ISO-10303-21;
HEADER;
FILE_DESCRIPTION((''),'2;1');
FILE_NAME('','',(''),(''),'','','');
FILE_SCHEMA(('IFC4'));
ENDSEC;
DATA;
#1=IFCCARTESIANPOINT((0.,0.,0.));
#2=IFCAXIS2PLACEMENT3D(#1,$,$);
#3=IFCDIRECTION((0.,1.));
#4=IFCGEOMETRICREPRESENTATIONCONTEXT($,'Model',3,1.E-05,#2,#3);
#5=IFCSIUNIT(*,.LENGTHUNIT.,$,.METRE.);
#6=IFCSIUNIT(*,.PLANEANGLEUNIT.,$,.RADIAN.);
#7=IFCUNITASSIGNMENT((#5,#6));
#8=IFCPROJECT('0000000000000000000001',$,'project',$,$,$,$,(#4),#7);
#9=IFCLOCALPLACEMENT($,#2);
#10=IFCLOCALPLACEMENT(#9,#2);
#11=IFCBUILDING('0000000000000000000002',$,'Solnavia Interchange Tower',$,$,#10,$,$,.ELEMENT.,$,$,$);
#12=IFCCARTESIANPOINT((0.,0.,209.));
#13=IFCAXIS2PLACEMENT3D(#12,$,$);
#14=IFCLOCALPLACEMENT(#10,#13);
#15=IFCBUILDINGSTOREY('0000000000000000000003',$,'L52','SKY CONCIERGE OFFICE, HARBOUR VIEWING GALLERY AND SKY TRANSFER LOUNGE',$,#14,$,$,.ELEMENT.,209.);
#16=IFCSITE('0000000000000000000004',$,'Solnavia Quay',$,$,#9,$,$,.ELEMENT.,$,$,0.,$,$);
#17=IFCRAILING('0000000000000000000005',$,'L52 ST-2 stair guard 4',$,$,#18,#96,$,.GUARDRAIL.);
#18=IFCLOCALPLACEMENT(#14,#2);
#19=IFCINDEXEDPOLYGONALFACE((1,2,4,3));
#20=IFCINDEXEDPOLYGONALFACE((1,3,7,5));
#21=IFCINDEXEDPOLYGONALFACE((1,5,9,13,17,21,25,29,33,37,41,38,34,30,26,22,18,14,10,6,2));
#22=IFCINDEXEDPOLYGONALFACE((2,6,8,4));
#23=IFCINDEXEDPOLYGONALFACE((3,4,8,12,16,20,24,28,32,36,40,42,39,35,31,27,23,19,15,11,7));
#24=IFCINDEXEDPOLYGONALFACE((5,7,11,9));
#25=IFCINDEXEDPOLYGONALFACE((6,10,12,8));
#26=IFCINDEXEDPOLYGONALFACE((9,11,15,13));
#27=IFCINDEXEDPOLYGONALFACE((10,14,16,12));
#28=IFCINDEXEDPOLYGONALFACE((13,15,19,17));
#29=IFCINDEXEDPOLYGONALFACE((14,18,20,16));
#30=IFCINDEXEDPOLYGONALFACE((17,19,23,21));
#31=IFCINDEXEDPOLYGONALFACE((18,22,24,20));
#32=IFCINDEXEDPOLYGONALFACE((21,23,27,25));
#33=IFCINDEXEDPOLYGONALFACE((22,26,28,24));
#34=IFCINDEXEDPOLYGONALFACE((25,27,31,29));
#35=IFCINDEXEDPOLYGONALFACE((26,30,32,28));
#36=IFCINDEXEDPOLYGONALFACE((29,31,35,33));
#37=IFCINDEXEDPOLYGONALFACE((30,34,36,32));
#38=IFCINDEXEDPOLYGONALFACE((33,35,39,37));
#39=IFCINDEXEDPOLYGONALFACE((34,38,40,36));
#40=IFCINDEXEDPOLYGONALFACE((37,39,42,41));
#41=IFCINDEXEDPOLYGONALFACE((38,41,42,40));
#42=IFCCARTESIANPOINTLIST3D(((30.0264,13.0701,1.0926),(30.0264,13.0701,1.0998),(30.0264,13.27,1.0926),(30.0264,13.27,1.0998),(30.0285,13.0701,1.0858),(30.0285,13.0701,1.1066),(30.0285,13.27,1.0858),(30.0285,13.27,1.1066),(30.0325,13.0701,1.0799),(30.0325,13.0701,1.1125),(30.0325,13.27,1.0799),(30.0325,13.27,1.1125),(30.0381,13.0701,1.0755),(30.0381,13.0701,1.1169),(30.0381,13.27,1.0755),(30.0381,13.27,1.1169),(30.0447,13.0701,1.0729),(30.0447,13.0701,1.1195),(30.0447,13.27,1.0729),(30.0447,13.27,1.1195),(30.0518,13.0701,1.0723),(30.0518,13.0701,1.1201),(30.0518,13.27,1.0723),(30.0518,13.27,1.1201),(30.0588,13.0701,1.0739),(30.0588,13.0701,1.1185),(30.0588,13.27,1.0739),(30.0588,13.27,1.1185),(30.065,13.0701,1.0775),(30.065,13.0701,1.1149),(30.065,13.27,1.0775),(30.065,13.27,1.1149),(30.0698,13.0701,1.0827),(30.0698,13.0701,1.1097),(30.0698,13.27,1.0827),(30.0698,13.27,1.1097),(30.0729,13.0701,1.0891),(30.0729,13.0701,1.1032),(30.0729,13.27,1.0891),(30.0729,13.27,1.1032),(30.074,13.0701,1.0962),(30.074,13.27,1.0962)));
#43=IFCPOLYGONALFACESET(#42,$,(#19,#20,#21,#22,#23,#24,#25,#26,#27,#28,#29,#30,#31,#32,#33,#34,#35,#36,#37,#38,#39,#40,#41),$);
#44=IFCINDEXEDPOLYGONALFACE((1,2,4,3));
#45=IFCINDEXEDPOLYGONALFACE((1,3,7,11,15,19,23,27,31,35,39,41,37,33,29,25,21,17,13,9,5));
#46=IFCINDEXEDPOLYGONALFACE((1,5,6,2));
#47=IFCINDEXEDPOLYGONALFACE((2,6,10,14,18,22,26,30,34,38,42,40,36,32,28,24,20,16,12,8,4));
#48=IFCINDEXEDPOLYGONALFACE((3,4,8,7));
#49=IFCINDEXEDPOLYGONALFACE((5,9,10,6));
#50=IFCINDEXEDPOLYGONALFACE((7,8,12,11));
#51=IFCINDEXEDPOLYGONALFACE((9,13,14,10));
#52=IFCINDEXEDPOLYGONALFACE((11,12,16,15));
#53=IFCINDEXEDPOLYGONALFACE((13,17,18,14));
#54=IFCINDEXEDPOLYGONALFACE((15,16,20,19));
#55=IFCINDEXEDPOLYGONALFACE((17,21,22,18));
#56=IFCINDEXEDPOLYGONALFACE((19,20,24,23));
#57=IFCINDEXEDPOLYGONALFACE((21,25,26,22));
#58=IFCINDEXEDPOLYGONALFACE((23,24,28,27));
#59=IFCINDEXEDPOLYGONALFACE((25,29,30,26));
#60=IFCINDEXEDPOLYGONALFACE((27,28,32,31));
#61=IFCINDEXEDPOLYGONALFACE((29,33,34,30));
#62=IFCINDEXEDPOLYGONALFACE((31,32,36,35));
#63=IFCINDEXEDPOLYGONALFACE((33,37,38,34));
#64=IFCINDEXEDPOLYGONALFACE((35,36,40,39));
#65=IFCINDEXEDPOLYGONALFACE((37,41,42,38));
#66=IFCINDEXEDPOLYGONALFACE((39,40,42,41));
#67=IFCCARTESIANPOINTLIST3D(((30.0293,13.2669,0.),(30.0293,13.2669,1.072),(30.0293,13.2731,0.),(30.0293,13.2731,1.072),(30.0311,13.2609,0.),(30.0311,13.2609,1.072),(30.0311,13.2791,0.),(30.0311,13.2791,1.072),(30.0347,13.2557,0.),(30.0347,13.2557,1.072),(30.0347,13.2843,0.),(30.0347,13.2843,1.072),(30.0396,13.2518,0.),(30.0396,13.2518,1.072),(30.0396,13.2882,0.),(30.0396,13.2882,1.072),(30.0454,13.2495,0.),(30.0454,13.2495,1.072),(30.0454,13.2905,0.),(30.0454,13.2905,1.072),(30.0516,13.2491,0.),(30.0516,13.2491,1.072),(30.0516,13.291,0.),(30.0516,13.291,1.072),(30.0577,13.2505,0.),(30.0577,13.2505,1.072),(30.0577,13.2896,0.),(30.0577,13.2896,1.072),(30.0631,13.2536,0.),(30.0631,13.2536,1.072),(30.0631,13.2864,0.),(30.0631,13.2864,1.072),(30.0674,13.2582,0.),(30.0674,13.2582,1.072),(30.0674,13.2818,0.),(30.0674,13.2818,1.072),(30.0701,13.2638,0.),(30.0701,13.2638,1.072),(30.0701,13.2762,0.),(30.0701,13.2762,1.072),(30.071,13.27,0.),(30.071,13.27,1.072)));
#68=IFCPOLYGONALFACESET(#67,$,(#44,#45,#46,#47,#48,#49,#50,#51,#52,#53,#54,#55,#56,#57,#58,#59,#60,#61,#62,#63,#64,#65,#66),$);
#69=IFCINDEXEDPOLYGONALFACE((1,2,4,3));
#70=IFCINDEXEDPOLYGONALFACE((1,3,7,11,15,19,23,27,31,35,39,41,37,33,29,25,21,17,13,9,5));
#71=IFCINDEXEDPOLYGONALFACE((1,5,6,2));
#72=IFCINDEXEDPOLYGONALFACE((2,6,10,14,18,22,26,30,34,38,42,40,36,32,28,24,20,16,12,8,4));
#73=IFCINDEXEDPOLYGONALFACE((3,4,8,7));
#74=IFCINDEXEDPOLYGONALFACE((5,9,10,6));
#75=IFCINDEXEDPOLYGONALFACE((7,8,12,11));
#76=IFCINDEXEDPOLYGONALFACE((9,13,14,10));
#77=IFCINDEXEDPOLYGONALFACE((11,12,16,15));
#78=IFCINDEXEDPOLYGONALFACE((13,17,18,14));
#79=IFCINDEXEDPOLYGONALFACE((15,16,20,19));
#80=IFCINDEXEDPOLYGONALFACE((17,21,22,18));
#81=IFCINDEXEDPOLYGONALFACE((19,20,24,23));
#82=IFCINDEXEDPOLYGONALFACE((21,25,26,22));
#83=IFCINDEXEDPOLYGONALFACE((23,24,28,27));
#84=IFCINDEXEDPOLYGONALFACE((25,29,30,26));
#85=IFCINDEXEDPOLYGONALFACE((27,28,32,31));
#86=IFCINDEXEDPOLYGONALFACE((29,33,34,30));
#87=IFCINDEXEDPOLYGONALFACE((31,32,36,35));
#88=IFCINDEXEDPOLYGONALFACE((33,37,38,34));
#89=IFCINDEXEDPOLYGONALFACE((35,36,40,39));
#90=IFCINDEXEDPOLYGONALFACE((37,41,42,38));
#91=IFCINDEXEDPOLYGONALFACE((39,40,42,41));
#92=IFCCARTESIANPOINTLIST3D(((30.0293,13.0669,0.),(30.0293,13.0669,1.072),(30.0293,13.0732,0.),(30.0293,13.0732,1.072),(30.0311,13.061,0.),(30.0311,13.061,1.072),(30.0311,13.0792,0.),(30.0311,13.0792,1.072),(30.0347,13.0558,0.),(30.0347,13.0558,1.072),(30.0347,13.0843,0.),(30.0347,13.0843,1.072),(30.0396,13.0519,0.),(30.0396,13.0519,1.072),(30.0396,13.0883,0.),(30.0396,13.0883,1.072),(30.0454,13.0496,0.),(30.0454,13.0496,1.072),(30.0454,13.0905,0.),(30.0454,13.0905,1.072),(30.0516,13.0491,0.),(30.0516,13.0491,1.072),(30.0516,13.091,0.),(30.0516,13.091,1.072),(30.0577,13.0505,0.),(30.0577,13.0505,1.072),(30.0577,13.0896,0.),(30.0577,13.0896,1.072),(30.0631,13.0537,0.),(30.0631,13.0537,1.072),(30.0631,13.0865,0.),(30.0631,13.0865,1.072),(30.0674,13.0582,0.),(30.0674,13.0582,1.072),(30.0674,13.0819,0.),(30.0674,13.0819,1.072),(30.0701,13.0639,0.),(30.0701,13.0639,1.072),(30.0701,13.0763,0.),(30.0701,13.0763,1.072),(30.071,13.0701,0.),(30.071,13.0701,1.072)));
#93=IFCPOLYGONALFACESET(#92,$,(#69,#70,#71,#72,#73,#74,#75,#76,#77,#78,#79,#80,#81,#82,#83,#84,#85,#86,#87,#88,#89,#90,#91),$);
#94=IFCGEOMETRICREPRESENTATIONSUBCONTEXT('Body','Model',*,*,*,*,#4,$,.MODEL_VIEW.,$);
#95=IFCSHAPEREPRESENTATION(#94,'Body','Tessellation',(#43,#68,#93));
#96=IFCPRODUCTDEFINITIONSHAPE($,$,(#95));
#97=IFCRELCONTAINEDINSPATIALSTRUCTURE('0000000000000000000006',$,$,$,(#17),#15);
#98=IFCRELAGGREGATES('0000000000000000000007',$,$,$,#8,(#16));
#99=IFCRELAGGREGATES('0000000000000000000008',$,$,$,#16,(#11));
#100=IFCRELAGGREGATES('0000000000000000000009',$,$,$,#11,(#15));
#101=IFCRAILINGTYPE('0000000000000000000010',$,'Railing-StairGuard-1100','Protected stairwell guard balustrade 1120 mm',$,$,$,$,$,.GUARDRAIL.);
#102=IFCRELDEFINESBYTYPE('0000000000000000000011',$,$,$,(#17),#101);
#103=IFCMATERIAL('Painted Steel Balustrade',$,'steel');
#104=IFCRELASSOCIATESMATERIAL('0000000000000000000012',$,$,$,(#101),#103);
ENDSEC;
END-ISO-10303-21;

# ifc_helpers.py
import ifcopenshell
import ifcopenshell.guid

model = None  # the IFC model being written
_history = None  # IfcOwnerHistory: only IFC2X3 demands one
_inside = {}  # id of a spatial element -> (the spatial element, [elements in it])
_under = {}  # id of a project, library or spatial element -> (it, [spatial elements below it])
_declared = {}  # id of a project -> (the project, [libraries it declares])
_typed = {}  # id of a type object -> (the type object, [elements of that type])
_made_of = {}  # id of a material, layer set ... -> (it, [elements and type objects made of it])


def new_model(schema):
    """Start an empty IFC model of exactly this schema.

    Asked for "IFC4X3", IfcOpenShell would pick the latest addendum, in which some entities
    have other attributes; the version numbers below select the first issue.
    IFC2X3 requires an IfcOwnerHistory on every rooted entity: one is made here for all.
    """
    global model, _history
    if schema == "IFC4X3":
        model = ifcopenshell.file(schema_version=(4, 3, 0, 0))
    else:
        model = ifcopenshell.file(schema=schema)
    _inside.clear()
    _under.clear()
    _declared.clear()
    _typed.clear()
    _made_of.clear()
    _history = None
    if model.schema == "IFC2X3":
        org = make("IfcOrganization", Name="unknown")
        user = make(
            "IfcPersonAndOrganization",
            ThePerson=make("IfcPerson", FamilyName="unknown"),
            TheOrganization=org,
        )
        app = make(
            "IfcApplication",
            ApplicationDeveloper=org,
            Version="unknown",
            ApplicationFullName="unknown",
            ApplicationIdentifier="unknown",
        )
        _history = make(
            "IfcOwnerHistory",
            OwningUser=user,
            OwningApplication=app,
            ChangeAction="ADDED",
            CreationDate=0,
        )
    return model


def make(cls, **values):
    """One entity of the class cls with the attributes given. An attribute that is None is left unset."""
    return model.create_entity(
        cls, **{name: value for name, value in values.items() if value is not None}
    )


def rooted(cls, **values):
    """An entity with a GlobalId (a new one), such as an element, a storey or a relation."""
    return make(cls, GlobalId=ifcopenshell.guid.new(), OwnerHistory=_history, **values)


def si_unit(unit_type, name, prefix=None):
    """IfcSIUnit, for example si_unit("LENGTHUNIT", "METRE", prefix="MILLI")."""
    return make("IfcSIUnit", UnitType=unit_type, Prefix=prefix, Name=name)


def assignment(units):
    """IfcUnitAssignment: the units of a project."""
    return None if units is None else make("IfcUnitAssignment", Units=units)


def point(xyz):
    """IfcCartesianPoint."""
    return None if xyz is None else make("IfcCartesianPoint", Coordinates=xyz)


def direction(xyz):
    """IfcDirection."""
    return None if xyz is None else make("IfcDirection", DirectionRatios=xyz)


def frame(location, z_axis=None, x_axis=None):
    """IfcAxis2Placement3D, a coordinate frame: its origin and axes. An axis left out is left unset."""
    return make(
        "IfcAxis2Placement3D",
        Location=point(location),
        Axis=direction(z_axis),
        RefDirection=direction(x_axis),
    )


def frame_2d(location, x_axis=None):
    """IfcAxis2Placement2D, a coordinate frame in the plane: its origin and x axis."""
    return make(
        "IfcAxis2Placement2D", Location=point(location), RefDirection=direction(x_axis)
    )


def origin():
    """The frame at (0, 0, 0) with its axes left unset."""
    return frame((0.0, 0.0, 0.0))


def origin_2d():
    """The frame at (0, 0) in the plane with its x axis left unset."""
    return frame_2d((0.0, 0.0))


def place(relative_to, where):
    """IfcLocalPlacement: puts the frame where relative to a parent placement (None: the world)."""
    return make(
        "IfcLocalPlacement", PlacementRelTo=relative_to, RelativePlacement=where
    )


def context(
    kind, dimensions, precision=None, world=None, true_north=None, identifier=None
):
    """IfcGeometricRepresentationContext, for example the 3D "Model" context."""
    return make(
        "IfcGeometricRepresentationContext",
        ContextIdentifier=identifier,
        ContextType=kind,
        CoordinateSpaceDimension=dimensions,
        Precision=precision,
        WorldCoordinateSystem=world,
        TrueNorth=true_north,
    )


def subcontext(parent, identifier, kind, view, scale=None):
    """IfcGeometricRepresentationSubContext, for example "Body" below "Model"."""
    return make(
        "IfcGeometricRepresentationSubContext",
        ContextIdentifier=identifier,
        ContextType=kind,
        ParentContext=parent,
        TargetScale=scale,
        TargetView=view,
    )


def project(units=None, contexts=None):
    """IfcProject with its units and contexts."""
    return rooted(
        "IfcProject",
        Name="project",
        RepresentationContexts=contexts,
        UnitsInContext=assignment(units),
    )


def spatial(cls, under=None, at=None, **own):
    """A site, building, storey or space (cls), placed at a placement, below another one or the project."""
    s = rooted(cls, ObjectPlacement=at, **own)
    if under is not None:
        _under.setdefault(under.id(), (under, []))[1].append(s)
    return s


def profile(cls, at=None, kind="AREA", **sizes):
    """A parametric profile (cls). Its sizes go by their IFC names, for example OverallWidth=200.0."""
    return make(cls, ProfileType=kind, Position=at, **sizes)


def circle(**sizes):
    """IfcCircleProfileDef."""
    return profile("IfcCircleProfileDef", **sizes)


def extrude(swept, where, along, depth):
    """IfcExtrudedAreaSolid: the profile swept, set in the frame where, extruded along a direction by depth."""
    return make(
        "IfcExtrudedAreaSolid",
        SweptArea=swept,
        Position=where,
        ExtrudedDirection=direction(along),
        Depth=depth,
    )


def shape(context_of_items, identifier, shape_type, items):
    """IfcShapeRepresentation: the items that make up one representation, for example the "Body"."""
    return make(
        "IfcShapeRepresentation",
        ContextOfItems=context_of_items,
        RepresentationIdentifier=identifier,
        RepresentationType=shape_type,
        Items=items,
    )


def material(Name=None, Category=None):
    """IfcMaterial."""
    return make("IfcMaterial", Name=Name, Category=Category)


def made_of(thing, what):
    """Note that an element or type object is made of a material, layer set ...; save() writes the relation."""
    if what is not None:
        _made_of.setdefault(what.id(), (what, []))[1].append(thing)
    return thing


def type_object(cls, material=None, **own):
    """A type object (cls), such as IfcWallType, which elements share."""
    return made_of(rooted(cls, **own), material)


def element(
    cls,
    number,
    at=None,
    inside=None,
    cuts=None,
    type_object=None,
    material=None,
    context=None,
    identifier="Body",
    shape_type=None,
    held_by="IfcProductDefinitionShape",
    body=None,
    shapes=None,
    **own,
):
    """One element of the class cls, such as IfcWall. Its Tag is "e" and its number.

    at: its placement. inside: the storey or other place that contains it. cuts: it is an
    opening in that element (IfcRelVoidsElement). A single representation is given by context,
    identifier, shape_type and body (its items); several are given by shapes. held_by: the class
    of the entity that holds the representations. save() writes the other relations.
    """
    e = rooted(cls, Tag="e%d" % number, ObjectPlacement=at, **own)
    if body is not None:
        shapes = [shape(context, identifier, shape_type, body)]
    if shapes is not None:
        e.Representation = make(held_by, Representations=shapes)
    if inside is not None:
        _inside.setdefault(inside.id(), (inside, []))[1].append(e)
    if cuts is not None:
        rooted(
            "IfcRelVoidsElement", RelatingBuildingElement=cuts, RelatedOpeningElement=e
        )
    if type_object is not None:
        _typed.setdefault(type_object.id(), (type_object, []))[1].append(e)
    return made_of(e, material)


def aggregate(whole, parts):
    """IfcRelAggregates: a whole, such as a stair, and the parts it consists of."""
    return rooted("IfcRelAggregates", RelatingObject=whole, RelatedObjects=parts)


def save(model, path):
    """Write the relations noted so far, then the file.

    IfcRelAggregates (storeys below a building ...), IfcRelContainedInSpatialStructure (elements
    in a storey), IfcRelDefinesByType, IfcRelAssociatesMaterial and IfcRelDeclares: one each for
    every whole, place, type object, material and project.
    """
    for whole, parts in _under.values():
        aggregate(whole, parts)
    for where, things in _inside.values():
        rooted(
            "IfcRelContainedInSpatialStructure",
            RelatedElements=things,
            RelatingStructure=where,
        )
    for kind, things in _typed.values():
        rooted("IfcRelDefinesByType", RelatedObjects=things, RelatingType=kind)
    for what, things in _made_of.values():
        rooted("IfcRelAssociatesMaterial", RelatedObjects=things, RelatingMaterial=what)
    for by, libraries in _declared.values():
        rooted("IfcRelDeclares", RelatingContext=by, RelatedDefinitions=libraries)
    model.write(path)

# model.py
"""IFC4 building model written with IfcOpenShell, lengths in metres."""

from ifc_helpers import new_model, si_unit, direction, frame, origin, origin_2d, place, context, subcontext, project, spatial, circle, extrude, material, type_object, element, save


model = new_model("IFC4")

# Units and contexts
model_context = context("Model", 3, precision=1e-05, world=origin(), true_north=direction((0.0, 1.0)))
body_context = subcontext(model_context, "Body", "Model", "MODEL_VIEW")
ifc_project = project(units=[si_unit("LENGTHUNIT", "METRE"), si_unit("PLANEANGLEUNIT", "RADIAN")], contexts=[model_context])

# Site, building, storey
site_placement = place(None, origin())
site = spatial("IfcSite", under=ifc_project, at=site_placement, Name="Solnavia Quay", CompositionType="ELEMENT", RefElevation=0.0)
building_placement = place(site_placement, origin())
building = spatial("IfcBuilding", under=site, at=building_placement, Name="Solnavia Interchange Tower", CompositionType="ELEMENT")
storey_placement = place(building_placement, frame((0.0, 0.0, 209.0)))
storey = spatial("IfcBuildingStorey", under=building, at=storey_placement, Name="L52", Description="SKY CONCIERGE OFFICE, HARBOUR VIEWING GALLERY AND SKY TRANSFER LOUNGE", CompositionType="ELEMENT", Elevation=209.0)

# Railing
ifc_material_1 = material(Name="Painted Steel Balustrade", Category="steel")
railing_type_1 = type_object("IfcRailingType", Name="Railing-StairGuard-1100", Description="Protected stairwell guard balustrade 1120 mm", PredefinedType="GUARDRAIL", material=ifc_material_1)
railing_1_placement = place(storey_placement, frame((30.05, 13.27, 0.0)))
element("IfcRailing", 1, at=railing_1_placement, inside=storey, type_object=railing_type_1, Name="L52 ST-2 stair guard 4", PredefinedType="GUARDRAIL", context=body_context, shape_type="SweptSolid", body=[
    extrude(circle(Radius=0.0239, at=origin_2d()), frame((0.0, 0.0, 1.0962), z_axis=(0.0, -1.0, 0.0), x_axis=(1.0, 0.0, 0.0)), (0.0, 0.0, 1.0), 0.2),
    extrude(circle(Radius=0.021, at=origin_2d()), origin(), (0.0, 0.0, 1.0), 1.072),
    extrude(circle(Radius=0.021, at=origin_2d()), frame((0.0, -0.2, 0.0)), (0.0, 0.0, 1.0), 1.072),
])

save(model, "model.ifc")
